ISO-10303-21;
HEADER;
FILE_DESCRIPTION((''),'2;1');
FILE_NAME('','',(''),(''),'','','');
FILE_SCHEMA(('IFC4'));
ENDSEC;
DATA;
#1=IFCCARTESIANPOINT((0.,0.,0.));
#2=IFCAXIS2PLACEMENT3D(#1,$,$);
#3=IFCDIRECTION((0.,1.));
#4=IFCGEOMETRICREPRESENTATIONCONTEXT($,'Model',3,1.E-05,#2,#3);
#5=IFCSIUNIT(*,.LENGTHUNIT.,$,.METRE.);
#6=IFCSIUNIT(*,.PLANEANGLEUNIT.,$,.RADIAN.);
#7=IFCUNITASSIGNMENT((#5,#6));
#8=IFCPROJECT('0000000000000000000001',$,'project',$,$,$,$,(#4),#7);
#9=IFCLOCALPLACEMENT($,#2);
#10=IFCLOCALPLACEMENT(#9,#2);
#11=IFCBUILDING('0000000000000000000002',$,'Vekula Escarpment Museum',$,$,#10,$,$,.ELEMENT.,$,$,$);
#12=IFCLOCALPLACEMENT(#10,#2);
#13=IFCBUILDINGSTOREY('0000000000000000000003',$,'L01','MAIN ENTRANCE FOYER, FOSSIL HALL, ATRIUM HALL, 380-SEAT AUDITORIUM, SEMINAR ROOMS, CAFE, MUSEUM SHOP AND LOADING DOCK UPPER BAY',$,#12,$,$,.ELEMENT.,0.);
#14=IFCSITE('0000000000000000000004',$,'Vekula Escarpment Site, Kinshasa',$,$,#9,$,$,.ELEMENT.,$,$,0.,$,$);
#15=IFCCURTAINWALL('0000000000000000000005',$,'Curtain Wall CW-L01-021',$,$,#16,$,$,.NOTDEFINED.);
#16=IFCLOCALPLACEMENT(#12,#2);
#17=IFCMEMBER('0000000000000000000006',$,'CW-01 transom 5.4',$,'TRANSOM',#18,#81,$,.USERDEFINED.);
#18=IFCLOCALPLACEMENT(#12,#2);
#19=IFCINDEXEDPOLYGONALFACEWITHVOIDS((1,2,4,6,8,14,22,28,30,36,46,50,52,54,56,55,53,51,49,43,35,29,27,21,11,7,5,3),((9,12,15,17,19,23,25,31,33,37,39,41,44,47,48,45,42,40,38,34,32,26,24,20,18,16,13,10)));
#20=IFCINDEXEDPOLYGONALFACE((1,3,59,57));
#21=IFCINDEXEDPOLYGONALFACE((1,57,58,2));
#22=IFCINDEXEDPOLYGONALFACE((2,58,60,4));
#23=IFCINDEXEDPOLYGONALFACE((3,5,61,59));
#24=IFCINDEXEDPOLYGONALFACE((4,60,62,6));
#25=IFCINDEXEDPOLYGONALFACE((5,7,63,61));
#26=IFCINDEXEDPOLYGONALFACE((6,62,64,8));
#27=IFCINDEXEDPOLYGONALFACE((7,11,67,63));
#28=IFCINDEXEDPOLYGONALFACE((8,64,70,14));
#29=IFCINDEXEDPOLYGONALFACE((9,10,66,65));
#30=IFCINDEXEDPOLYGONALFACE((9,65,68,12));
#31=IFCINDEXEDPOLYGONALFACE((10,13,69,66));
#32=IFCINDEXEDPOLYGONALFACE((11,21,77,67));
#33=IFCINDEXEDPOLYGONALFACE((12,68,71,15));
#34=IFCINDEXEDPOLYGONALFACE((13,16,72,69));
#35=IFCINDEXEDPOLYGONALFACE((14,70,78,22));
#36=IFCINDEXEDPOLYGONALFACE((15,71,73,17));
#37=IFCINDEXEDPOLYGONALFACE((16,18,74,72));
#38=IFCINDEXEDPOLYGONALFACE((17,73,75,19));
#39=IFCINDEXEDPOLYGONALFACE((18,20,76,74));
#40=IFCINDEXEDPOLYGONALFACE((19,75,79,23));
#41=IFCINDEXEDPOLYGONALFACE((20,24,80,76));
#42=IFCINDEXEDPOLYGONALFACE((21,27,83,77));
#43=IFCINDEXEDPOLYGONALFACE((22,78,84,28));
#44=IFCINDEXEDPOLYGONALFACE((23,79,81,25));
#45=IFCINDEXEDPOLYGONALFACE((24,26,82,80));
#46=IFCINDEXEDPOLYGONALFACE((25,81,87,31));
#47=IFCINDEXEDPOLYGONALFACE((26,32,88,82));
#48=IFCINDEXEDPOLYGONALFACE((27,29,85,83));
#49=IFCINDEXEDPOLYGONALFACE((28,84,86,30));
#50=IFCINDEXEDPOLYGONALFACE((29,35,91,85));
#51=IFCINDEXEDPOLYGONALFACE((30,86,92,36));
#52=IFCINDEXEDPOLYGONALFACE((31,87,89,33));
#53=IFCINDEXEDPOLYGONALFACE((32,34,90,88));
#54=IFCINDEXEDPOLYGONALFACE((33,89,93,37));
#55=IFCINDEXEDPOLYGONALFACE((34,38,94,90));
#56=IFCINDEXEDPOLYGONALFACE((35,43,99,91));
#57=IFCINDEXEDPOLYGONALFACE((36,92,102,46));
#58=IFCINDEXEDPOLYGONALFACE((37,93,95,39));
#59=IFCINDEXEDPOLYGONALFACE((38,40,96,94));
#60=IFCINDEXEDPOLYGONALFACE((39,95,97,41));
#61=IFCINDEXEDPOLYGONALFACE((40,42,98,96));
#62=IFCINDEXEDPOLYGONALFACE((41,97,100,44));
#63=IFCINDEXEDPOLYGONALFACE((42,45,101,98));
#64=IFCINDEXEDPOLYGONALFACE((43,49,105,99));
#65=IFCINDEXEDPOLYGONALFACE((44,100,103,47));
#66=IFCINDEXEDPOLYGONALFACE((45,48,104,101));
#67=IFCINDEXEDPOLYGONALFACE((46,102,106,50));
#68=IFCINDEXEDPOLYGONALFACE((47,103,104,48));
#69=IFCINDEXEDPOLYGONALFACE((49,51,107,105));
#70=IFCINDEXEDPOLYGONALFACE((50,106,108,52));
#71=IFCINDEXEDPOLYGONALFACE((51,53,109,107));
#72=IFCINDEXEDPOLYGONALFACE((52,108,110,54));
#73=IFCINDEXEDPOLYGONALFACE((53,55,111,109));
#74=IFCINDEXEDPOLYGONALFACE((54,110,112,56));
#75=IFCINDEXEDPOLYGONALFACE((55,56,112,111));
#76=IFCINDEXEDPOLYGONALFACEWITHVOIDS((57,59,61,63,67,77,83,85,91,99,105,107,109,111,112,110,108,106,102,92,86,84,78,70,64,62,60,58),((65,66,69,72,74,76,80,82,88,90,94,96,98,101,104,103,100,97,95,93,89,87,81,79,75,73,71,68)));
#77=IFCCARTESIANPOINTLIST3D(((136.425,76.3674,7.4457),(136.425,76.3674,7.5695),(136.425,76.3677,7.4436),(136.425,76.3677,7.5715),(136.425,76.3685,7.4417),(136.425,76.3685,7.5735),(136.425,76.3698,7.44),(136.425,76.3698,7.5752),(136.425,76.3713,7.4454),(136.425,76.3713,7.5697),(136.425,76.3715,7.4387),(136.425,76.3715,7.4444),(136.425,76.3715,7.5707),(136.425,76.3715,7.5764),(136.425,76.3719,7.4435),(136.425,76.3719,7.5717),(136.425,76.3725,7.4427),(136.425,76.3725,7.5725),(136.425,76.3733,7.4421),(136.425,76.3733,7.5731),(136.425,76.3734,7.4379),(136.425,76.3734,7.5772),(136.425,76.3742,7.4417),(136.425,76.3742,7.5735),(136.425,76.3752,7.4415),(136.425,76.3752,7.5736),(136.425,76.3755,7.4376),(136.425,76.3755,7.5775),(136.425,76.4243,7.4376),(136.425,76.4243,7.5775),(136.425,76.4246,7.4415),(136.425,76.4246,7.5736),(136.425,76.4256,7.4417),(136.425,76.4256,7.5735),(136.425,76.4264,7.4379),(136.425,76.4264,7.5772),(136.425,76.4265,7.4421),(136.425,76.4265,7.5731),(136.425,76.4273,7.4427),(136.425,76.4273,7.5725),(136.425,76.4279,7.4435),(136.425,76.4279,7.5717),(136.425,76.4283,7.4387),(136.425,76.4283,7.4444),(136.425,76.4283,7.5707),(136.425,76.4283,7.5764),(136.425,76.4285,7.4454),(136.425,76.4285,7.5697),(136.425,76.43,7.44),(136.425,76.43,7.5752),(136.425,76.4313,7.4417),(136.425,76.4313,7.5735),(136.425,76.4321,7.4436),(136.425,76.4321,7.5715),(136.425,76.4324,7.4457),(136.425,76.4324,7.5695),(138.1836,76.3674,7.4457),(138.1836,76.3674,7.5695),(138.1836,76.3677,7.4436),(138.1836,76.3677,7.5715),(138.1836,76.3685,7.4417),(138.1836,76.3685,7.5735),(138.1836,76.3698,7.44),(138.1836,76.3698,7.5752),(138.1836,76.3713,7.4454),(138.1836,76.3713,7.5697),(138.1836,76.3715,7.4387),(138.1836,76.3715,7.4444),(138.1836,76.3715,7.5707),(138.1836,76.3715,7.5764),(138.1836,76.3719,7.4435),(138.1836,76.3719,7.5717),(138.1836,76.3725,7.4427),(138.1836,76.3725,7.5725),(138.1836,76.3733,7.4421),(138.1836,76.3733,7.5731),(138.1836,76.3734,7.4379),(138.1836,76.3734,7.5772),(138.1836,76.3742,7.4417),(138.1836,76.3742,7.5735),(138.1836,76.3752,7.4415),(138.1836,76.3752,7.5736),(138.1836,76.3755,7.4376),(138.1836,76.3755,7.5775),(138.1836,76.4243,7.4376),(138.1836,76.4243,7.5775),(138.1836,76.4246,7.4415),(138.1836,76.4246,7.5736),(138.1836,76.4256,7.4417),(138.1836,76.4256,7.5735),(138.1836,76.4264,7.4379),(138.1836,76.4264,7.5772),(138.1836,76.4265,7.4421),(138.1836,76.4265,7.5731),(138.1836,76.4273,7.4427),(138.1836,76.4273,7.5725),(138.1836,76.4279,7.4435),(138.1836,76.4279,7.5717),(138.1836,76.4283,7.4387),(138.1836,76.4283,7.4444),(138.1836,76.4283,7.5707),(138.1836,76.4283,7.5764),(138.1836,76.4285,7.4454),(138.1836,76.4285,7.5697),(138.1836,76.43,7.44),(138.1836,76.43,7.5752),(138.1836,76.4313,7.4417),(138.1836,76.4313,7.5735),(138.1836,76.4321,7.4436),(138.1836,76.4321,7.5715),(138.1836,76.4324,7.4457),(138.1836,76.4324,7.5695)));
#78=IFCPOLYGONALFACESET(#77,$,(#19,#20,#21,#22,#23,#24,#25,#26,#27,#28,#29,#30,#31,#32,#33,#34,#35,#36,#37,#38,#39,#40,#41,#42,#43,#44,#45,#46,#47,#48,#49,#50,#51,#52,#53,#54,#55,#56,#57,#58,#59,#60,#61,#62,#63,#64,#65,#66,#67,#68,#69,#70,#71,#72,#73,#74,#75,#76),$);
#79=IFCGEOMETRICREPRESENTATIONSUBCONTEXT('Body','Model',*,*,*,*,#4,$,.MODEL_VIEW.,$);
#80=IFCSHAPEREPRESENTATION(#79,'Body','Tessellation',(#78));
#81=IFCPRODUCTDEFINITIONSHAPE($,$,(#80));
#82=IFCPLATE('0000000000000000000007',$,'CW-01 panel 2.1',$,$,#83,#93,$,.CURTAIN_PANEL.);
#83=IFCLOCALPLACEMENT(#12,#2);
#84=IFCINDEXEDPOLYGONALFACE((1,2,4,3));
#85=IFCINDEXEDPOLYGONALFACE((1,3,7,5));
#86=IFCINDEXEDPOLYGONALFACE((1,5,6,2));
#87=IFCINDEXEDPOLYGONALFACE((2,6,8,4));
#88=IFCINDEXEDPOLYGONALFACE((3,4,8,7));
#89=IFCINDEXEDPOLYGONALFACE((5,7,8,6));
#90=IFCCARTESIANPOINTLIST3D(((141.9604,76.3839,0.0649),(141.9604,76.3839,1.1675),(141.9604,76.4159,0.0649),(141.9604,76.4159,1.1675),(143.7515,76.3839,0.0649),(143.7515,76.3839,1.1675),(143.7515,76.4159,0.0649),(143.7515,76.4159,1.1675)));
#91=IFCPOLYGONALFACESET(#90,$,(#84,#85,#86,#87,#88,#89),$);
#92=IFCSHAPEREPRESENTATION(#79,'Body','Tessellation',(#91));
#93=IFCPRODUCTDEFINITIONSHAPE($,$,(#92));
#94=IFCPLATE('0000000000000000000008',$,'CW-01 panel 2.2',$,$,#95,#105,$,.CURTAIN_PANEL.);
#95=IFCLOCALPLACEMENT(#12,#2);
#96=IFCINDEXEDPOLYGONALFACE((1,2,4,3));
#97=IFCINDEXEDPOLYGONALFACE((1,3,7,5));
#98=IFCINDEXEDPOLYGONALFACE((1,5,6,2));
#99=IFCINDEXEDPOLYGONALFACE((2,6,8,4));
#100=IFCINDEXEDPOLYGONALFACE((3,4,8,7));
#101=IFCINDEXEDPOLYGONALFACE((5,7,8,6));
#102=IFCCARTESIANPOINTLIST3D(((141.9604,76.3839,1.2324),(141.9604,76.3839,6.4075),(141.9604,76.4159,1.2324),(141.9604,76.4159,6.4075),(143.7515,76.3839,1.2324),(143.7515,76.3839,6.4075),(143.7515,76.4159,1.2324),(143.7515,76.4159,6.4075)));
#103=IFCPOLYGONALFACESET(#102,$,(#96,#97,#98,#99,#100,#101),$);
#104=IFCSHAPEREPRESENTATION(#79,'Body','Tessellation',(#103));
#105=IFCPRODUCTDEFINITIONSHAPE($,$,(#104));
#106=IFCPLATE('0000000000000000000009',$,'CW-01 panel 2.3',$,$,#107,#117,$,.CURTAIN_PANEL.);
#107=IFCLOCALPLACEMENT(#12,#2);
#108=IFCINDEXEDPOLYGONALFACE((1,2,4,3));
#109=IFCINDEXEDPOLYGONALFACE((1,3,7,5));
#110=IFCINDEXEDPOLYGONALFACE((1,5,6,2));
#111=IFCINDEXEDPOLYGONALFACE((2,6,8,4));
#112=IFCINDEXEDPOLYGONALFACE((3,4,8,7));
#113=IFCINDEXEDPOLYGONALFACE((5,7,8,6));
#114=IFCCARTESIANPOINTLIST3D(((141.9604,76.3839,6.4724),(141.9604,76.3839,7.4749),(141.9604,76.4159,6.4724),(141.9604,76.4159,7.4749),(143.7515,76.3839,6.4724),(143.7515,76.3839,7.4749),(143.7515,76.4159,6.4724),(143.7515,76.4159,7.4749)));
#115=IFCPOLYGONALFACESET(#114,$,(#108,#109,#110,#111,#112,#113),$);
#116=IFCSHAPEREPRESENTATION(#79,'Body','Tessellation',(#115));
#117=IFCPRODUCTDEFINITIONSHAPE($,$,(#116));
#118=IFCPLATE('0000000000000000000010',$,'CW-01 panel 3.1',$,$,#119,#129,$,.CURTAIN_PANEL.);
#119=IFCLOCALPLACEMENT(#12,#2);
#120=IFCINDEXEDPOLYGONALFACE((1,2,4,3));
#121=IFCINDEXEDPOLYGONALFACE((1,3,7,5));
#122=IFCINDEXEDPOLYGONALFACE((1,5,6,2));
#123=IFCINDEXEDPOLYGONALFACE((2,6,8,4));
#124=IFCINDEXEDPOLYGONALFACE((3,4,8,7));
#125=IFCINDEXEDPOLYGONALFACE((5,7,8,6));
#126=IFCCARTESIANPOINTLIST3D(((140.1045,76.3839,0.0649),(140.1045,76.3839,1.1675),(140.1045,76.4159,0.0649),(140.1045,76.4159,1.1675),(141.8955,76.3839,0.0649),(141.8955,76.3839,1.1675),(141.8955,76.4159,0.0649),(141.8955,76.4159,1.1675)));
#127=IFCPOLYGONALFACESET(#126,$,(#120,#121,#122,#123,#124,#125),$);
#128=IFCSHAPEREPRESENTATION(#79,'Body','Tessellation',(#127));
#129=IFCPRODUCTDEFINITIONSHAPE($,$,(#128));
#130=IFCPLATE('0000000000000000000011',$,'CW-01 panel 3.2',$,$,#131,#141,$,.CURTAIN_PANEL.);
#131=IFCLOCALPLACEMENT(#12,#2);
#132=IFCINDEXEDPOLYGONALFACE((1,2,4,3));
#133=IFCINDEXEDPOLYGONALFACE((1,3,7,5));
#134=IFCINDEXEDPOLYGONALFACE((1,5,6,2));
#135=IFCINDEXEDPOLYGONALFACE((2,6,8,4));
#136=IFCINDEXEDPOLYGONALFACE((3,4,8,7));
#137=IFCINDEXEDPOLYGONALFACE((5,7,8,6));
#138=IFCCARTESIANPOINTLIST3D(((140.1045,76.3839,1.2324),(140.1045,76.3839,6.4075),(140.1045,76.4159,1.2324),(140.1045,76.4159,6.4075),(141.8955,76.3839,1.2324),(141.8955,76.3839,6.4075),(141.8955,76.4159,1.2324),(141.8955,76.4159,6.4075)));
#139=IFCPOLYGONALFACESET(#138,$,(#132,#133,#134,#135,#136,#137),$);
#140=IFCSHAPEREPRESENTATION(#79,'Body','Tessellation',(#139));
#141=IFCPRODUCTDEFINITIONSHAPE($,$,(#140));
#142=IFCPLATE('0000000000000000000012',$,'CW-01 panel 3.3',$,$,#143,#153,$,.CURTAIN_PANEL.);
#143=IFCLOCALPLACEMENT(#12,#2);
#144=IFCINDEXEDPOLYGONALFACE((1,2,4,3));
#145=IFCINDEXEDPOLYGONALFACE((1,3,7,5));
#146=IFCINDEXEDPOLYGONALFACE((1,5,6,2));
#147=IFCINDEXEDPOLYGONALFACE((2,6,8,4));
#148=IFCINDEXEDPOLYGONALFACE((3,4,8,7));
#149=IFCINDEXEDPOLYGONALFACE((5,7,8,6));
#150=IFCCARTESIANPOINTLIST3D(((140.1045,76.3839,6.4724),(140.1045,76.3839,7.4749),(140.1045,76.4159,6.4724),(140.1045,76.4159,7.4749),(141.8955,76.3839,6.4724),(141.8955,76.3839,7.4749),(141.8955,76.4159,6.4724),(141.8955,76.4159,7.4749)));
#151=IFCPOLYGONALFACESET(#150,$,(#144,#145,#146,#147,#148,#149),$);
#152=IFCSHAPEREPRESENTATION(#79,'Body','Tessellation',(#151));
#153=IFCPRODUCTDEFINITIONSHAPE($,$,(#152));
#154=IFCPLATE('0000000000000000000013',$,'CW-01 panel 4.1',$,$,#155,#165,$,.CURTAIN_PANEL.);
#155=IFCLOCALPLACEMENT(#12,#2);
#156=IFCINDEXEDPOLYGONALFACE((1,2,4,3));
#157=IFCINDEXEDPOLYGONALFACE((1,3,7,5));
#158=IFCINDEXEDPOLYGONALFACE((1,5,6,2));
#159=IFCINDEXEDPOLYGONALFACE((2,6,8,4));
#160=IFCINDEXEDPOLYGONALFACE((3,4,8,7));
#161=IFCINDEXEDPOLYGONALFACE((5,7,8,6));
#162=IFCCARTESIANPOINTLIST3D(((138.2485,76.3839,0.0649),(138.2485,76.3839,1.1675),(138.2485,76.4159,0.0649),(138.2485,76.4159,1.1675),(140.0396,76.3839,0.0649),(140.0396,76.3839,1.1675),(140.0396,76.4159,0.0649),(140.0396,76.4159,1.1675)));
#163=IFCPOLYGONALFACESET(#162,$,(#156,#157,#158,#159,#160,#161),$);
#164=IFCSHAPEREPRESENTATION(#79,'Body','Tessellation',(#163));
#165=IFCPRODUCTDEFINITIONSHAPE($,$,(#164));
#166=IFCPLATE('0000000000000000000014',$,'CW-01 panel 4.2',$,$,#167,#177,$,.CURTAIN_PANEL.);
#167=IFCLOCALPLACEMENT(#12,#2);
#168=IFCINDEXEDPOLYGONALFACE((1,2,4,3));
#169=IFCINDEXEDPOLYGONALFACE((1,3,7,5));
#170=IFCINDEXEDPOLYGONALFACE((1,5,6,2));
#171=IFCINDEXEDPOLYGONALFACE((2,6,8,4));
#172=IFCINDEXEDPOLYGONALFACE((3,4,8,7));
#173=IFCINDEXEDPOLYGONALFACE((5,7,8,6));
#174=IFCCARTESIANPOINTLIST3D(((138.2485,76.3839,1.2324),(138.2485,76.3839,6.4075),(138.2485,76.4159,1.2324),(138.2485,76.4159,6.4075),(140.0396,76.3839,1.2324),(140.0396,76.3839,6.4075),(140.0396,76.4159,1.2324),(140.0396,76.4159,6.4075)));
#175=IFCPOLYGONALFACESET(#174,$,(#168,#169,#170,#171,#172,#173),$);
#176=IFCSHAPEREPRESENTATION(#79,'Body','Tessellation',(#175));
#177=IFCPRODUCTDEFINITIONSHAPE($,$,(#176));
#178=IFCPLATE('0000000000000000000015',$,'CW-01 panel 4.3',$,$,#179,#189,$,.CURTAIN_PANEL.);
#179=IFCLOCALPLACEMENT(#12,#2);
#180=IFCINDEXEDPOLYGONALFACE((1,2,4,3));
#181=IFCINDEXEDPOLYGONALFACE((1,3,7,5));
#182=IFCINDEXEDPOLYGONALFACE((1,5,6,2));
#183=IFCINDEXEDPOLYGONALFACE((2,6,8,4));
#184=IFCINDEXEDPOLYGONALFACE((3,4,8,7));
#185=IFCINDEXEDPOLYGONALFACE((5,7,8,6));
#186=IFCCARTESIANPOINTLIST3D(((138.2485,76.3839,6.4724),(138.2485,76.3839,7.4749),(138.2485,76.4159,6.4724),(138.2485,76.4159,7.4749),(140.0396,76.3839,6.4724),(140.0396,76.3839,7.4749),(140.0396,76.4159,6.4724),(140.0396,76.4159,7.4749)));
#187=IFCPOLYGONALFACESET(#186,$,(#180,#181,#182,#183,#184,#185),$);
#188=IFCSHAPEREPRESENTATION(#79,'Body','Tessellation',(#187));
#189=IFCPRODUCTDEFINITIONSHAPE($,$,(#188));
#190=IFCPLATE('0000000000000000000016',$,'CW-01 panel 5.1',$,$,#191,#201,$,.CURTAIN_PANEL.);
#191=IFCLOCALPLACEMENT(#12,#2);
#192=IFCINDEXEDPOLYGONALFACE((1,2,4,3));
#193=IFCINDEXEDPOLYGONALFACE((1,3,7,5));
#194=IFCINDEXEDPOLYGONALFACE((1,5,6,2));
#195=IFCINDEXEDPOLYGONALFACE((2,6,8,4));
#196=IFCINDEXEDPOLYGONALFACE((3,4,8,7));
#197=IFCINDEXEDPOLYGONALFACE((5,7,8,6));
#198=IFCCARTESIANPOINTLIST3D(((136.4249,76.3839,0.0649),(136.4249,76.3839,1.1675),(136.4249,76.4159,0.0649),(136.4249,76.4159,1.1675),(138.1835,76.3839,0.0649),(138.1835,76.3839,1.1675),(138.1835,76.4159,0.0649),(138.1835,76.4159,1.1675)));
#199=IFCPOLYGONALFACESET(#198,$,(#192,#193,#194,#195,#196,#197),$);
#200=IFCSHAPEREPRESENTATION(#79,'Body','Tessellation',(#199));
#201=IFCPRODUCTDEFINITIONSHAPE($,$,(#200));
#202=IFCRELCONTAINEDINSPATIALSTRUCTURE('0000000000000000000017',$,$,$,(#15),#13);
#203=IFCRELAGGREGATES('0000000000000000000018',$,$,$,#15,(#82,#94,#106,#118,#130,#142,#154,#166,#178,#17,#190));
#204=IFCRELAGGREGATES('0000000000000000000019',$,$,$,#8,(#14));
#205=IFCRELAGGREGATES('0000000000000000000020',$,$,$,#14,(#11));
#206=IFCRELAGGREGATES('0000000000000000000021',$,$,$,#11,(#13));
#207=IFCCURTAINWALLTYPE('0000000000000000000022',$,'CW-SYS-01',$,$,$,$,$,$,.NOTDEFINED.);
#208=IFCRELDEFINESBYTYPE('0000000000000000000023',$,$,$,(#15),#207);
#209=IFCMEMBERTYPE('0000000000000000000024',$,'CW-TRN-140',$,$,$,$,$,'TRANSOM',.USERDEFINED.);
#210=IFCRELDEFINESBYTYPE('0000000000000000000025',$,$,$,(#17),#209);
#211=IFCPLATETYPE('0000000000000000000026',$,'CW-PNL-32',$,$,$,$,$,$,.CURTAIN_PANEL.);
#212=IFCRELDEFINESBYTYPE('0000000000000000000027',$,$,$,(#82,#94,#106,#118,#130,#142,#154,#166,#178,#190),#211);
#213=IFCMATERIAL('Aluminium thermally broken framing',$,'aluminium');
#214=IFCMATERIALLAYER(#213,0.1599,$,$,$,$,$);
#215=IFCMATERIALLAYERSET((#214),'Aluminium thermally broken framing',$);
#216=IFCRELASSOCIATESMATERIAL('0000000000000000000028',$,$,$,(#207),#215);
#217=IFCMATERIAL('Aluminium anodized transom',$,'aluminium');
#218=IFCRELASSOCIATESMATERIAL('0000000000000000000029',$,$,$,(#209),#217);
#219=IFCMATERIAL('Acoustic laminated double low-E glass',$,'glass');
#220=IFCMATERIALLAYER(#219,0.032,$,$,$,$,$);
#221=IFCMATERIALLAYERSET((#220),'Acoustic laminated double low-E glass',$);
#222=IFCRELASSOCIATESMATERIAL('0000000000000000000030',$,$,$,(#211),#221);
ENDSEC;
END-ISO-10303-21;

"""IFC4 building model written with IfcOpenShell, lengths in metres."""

from ifc_helpers import new_model, si_unit, direction, frame, origin, origin_2d, place, context, subcontext, project, spatial, rectangle, hollow_rectangle, extrude, material, layer, layer_set, material_profile, profile_set, type_object, element, aggregate, save


model = new_model("IFC4")

# Units and contexts
model_context = context("Model", 3, precision=1e-05, world=origin(), true_north=direction((0.0, 1.0)))
body_context = subcontext(model_context, "Body", "Model", "MODEL_VIEW")
ifc_project = project(units=[si_unit("LENGTHUNIT", "METRE"), si_unit("PLANEANGLEUNIT", "RADIAN")], contexts=[model_context])

# Site, building, storey
site_placement = place(None, origin())
site = spatial("IfcSite", under=ifc_project, at=site_placement, Name="Vekula Escarpment Site, Kinshasa", CompositionType="ELEMENT", RefElevation=0.0)
building_placement = place(site_placement, origin())
building = spatial("IfcBuilding", under=site, at=building_placement, Name="Vekula Escarpment Museum", CompositionType="ELEMENT")
storey_placement = place(building_placement, origin())
storey = spatial("IfcBuildingStorey", under=building, at=storey_placement, Name="L01", Description="MAIN ENTRANCE FOYER, FOSSIL HALL, ATRIUM HALL, 380-SEAT AUDITORIUM, SEMINAR ROOMS, CAFE, MUSEUM SHOP AND LOADING DOCK UPPER BAY", CompositionType="ELEMENT", Elevation=0.0)

# Curtain wall, member, plates
ifc_material_1 = material(Name="Aluminium thermally broken framing", Category="aluminium")
ifc_layer_1 = layer(ifc_material_1, 0.1599)
ifc_layer_set_1 = layer_set([ifc_layer_1], Name="Aluminium thermally broken framing")
curtain_wall_type = type_object("IfcCurtainWallType", Name="CW-SYS-01", PredefinedType="NOTDEFINED", material=ifc_layer_set_1)
curtain_wall_placement = place(storey_placement, origin())
curtain_wall = element("IfcCurtainWall", 1, at=curtain_wall_placement, inside=storey, type_object=curtain_wall_type, Name="Curtain Wall CW-L01-021", PredefinedType="NOTDEFINED")
ifc_material_2 = material(Name="Aluminium anodized transom", Category="aluminium")
ifc_material_profile_1 = material_profile(ifc_material_2, hollow_rectangle(XDim=0.0649, YDim=0.1399, WallThickness=0.0039, InnerFilletRadius=0.0039, OuterFilletRadius=0.0081, at=origin_2d()), Name="ALU 140x65x4")
ifc_profile_set_1 = profile_set([ifc_material_profile_1], Name="Aluminium anodized transom")
member_type_1 = type_object("IfcMemberType", Name="CW-TRN-140", ElementType="TRANSOM", PredefinedType="USERDEFINED", material=ifc_profile_set_1)
member_1_placement = place(storey_placement, frame((138.1836, 76.3999, 7.5076), z_axis=(-1.0, 0.0, 0.0), x_axis=(0.0, -1.0, 0.0)))
member_1 = element("IfcMember", 2, at=member_1_placement, type_object=member_type_1, Name="CW-01 transom 5.4", ObjectType="TRANSOM", PredefinedType="USERDEFINED", context=body_context, shape_type="SweptSolid", body=[
    extrude(hollow_rectangle(XDim=0.0649, YDim=0.1399, WallThickness=0.0039, InnerFilletRadius=0.0039, OuterFilletRadius=0.0081, at=origin_2d()), origin(), (0.0, 0.0, 1.0), 1.7585),
])
ifc_material_3 = material(Name="Acoustic laminated double low-E glass", Category="glass")
ifc_layer_2 = layer(ifc_material_3, 0.032)
ifc_layer_set_2 = layer_set([ifc_layer_2], Name="Acoustic laminated double low-E glass")
plate_type = type_object("IfcPlateType", Name="CW-PNL-32", PredefinedType="CURTAIN_PANEL", material=ifc_layer_set_2)
plate_1_placement = place(storey_placement, frame((142.856, 76.3999, 0.0649), z_axis=(0.0, 0.0, 1.0), x_axis=(-1.0, 0.0, 0.0)))
plate_1 = element("IfcPlate", 3, at=plate_1_placement, type_object=plate_type, Name="CW-01 panel 2.1", PredefinedType="CURTAIN_PANEL", context=body_context, shape_type="SweptSolid", body=[
    extrude(rectangle(XDim=1.791, YDim=0.032, at=origin_2d()), origin(), (0.0, 0.0, 1.0), 1.1025),
])
plate_2_placement = place(storey_placement, frame((142.856, 76.3999, 1.2324), z_axis=(0.0, 0.0, 1.0), x_axis=(-1.0, 0.0, 0.0)))
plate_2 = element("IfcPlate", 4, at=plate_2_placement, type_object=plate_type, Name="CW-01 panel 2.2", PredefinedType="CURTAIN_PANEL", context=body_context, shape_type="SweptSolid", body=[
    extrude(rectangle(XDim=1.791, YDim=0.032, at=origin_2d()), origin(), (0.0, 0.0, 1.0), 5.175),
])
plate_3_placement = place(storey_placement, frame((142.856, 76.3999, 6.4724), z_axis=(0.0, 0.0, 1.0), x_axis=(-1.0, 0.0, 0.0)))
plate_3 = element("IfcPlate", 5, at=plate_3_placement, type_object=plate_type, Name="CW-01 panel 2.3", PredefinedType="CURTAIN_PANEL", context=body_context, shape_type="SweptSolid", body=[
    extrude(rectangle(XDim=1.791, YDim=0.032, at=origin_2d()), origin(), (0.0, 0.0, 1.0), 1.0024),
])
plate_4_placement = place(storey_placement, frame((141.0, 76.3999, 0.0649), z_axis=(0.0, 0.0, 1.0), x_axis=(-1.0, 0.0, 0.0)))
plate_4 = element("IfcPlate", 6, at=plate_4_placement, type_object=plate_type, Name="CW-01 panel 3.1", PredefinedType="CURTAIN_PANEL", context=body_context, shape_type="SweptSolid", body=[
    extrude(rectangle(XDim=1.791, YDim=0.032, at=origin_2d()), origin(), (0.0, 0.0, 1.0), 1.1025),
])
plate_5_placement = place(storey_placement, frame((141.0, 76.3999, 1.2324), z_axis=(0.0, 0.0, 1.0), x_axis=(-1.0, 0.0, 0.0)))
plate_5 = element("IfcPlate", 7, at=plate_5_placement, type_object=plate_type, Name="CW-01 panel 3.2", PredefinedType="CURTAIN_PANEL", context=body_context, shape_type="SweptSolid", body=[
    extrude(rectangle(XDim=1.791, YDim=0.032, at=origin_2d()), origin(), (0.0, 0.0, 1.0), 5.175),
])
plate_6_placement = place(storey_placement, frame((141.0, 76.3999, 6.4724), z_axis=(0.0, 0.0, 1.0), x_axis=(-1.0, 0.0, 0.0)))
plate_6 = element("IfcPlate", 8, at=plate_6_placement, type_object=plate_type, Name="CW-01 panel 3.3", PredefinedType="CURTAIN_PANEL", context=body_context, shape_type="SweptSolid", body=[
    extrude(rectangle(XDim=1.791, YDim=0.032, at=origin_2d()), origin(), (0.0, 0.0, 1.0), 1.0024),
])
plate_7_placement = place(storey_placement, frame((139.144, 76.3999, 0.0649), z_axis=(0.0, 0.0, 1.0), x_axis=(-1.0, 0.0, 0.0)))
plate_7 = element("IfcPlate", 9, at=plate_7_placement, type_object=plate_type, Name="CW-01 panel 4.1", PredefinedType="CURTAIN_PANEL", context=body_context, shape_type="SweptSolid", body=[
    extrude(rectangle(XDim=1.791, YDim=0.032, at=origin_2d()), origin(), (0.0, 0.0, 1.0), 1.1025),
])
plate_8_placement = place(storey_placement, frame((139.144, 76.3999, 1.2324), z_axis=(0.0, 0.0, 1.0), x_axis=(-1.0, 0.0, 0.0)))
plate_8 = element("IfcPlate", 10, at=plate_8_placement, type_object=plate_type, Name="CW-01 panel 4.2", PredefinedType="CURTAIN_PANEL", context=body_context, shape_type="SweptSolid", body=[
    extrude(rectangle(XDim=1.791, YDim=0.032, at=origin_2d()), origin(), (0.0, 0.0, 1.0), 5.175),
])
plate_9_placement = place(storey_placement, frame((139.144, 76.3999, 6.4724), z_axis=(0.0, 0.0, 1.0), x_axis=(-1.0, 0.0, 0.0)))
plate_9 = element("IfcPlate", 11, at=plate_9_placement, type_object=plate_type, Name="CW-01 panel 4.3", PredefinedType="CURTAIN_PANEL", context=body_context, shape_type="SweptSolid", body=[
    extrude(rectangle(XDim=1.791, YDim=0.032, at=origin_2d()), origin(), (0.0, 0.0, 1.0), 1.0024),
])
plate_10_placement = place(storey_placement, frame((137.3042, 76.3999, 0.0649), z_axis=(0.0, 0.0, 1.0), x_axis=(-1.0, 0.0, 0.0)))
plate_10 = element("IfcPlate", 12, at=plate_10_placement, type_object=plate_type, Name="CW-01 panel 5.1", PredefinedType="CURTAIN_PANEL", context=body_context, shape_type="SweptSolid", body=[
    extrude(rectangle(XDim=1.7585, YDim=0.032, at=origin_2d()), origin(), (0.0, 0.0, 1.0), 1.1025),
])
aggregate(curtain_wall, [plate_1, plate_2, plate_3, plate_4, plate_5, plate_6, plate_7, plate_8, plate_9, member_1, plate_10])

save(model, "model.ifc")
